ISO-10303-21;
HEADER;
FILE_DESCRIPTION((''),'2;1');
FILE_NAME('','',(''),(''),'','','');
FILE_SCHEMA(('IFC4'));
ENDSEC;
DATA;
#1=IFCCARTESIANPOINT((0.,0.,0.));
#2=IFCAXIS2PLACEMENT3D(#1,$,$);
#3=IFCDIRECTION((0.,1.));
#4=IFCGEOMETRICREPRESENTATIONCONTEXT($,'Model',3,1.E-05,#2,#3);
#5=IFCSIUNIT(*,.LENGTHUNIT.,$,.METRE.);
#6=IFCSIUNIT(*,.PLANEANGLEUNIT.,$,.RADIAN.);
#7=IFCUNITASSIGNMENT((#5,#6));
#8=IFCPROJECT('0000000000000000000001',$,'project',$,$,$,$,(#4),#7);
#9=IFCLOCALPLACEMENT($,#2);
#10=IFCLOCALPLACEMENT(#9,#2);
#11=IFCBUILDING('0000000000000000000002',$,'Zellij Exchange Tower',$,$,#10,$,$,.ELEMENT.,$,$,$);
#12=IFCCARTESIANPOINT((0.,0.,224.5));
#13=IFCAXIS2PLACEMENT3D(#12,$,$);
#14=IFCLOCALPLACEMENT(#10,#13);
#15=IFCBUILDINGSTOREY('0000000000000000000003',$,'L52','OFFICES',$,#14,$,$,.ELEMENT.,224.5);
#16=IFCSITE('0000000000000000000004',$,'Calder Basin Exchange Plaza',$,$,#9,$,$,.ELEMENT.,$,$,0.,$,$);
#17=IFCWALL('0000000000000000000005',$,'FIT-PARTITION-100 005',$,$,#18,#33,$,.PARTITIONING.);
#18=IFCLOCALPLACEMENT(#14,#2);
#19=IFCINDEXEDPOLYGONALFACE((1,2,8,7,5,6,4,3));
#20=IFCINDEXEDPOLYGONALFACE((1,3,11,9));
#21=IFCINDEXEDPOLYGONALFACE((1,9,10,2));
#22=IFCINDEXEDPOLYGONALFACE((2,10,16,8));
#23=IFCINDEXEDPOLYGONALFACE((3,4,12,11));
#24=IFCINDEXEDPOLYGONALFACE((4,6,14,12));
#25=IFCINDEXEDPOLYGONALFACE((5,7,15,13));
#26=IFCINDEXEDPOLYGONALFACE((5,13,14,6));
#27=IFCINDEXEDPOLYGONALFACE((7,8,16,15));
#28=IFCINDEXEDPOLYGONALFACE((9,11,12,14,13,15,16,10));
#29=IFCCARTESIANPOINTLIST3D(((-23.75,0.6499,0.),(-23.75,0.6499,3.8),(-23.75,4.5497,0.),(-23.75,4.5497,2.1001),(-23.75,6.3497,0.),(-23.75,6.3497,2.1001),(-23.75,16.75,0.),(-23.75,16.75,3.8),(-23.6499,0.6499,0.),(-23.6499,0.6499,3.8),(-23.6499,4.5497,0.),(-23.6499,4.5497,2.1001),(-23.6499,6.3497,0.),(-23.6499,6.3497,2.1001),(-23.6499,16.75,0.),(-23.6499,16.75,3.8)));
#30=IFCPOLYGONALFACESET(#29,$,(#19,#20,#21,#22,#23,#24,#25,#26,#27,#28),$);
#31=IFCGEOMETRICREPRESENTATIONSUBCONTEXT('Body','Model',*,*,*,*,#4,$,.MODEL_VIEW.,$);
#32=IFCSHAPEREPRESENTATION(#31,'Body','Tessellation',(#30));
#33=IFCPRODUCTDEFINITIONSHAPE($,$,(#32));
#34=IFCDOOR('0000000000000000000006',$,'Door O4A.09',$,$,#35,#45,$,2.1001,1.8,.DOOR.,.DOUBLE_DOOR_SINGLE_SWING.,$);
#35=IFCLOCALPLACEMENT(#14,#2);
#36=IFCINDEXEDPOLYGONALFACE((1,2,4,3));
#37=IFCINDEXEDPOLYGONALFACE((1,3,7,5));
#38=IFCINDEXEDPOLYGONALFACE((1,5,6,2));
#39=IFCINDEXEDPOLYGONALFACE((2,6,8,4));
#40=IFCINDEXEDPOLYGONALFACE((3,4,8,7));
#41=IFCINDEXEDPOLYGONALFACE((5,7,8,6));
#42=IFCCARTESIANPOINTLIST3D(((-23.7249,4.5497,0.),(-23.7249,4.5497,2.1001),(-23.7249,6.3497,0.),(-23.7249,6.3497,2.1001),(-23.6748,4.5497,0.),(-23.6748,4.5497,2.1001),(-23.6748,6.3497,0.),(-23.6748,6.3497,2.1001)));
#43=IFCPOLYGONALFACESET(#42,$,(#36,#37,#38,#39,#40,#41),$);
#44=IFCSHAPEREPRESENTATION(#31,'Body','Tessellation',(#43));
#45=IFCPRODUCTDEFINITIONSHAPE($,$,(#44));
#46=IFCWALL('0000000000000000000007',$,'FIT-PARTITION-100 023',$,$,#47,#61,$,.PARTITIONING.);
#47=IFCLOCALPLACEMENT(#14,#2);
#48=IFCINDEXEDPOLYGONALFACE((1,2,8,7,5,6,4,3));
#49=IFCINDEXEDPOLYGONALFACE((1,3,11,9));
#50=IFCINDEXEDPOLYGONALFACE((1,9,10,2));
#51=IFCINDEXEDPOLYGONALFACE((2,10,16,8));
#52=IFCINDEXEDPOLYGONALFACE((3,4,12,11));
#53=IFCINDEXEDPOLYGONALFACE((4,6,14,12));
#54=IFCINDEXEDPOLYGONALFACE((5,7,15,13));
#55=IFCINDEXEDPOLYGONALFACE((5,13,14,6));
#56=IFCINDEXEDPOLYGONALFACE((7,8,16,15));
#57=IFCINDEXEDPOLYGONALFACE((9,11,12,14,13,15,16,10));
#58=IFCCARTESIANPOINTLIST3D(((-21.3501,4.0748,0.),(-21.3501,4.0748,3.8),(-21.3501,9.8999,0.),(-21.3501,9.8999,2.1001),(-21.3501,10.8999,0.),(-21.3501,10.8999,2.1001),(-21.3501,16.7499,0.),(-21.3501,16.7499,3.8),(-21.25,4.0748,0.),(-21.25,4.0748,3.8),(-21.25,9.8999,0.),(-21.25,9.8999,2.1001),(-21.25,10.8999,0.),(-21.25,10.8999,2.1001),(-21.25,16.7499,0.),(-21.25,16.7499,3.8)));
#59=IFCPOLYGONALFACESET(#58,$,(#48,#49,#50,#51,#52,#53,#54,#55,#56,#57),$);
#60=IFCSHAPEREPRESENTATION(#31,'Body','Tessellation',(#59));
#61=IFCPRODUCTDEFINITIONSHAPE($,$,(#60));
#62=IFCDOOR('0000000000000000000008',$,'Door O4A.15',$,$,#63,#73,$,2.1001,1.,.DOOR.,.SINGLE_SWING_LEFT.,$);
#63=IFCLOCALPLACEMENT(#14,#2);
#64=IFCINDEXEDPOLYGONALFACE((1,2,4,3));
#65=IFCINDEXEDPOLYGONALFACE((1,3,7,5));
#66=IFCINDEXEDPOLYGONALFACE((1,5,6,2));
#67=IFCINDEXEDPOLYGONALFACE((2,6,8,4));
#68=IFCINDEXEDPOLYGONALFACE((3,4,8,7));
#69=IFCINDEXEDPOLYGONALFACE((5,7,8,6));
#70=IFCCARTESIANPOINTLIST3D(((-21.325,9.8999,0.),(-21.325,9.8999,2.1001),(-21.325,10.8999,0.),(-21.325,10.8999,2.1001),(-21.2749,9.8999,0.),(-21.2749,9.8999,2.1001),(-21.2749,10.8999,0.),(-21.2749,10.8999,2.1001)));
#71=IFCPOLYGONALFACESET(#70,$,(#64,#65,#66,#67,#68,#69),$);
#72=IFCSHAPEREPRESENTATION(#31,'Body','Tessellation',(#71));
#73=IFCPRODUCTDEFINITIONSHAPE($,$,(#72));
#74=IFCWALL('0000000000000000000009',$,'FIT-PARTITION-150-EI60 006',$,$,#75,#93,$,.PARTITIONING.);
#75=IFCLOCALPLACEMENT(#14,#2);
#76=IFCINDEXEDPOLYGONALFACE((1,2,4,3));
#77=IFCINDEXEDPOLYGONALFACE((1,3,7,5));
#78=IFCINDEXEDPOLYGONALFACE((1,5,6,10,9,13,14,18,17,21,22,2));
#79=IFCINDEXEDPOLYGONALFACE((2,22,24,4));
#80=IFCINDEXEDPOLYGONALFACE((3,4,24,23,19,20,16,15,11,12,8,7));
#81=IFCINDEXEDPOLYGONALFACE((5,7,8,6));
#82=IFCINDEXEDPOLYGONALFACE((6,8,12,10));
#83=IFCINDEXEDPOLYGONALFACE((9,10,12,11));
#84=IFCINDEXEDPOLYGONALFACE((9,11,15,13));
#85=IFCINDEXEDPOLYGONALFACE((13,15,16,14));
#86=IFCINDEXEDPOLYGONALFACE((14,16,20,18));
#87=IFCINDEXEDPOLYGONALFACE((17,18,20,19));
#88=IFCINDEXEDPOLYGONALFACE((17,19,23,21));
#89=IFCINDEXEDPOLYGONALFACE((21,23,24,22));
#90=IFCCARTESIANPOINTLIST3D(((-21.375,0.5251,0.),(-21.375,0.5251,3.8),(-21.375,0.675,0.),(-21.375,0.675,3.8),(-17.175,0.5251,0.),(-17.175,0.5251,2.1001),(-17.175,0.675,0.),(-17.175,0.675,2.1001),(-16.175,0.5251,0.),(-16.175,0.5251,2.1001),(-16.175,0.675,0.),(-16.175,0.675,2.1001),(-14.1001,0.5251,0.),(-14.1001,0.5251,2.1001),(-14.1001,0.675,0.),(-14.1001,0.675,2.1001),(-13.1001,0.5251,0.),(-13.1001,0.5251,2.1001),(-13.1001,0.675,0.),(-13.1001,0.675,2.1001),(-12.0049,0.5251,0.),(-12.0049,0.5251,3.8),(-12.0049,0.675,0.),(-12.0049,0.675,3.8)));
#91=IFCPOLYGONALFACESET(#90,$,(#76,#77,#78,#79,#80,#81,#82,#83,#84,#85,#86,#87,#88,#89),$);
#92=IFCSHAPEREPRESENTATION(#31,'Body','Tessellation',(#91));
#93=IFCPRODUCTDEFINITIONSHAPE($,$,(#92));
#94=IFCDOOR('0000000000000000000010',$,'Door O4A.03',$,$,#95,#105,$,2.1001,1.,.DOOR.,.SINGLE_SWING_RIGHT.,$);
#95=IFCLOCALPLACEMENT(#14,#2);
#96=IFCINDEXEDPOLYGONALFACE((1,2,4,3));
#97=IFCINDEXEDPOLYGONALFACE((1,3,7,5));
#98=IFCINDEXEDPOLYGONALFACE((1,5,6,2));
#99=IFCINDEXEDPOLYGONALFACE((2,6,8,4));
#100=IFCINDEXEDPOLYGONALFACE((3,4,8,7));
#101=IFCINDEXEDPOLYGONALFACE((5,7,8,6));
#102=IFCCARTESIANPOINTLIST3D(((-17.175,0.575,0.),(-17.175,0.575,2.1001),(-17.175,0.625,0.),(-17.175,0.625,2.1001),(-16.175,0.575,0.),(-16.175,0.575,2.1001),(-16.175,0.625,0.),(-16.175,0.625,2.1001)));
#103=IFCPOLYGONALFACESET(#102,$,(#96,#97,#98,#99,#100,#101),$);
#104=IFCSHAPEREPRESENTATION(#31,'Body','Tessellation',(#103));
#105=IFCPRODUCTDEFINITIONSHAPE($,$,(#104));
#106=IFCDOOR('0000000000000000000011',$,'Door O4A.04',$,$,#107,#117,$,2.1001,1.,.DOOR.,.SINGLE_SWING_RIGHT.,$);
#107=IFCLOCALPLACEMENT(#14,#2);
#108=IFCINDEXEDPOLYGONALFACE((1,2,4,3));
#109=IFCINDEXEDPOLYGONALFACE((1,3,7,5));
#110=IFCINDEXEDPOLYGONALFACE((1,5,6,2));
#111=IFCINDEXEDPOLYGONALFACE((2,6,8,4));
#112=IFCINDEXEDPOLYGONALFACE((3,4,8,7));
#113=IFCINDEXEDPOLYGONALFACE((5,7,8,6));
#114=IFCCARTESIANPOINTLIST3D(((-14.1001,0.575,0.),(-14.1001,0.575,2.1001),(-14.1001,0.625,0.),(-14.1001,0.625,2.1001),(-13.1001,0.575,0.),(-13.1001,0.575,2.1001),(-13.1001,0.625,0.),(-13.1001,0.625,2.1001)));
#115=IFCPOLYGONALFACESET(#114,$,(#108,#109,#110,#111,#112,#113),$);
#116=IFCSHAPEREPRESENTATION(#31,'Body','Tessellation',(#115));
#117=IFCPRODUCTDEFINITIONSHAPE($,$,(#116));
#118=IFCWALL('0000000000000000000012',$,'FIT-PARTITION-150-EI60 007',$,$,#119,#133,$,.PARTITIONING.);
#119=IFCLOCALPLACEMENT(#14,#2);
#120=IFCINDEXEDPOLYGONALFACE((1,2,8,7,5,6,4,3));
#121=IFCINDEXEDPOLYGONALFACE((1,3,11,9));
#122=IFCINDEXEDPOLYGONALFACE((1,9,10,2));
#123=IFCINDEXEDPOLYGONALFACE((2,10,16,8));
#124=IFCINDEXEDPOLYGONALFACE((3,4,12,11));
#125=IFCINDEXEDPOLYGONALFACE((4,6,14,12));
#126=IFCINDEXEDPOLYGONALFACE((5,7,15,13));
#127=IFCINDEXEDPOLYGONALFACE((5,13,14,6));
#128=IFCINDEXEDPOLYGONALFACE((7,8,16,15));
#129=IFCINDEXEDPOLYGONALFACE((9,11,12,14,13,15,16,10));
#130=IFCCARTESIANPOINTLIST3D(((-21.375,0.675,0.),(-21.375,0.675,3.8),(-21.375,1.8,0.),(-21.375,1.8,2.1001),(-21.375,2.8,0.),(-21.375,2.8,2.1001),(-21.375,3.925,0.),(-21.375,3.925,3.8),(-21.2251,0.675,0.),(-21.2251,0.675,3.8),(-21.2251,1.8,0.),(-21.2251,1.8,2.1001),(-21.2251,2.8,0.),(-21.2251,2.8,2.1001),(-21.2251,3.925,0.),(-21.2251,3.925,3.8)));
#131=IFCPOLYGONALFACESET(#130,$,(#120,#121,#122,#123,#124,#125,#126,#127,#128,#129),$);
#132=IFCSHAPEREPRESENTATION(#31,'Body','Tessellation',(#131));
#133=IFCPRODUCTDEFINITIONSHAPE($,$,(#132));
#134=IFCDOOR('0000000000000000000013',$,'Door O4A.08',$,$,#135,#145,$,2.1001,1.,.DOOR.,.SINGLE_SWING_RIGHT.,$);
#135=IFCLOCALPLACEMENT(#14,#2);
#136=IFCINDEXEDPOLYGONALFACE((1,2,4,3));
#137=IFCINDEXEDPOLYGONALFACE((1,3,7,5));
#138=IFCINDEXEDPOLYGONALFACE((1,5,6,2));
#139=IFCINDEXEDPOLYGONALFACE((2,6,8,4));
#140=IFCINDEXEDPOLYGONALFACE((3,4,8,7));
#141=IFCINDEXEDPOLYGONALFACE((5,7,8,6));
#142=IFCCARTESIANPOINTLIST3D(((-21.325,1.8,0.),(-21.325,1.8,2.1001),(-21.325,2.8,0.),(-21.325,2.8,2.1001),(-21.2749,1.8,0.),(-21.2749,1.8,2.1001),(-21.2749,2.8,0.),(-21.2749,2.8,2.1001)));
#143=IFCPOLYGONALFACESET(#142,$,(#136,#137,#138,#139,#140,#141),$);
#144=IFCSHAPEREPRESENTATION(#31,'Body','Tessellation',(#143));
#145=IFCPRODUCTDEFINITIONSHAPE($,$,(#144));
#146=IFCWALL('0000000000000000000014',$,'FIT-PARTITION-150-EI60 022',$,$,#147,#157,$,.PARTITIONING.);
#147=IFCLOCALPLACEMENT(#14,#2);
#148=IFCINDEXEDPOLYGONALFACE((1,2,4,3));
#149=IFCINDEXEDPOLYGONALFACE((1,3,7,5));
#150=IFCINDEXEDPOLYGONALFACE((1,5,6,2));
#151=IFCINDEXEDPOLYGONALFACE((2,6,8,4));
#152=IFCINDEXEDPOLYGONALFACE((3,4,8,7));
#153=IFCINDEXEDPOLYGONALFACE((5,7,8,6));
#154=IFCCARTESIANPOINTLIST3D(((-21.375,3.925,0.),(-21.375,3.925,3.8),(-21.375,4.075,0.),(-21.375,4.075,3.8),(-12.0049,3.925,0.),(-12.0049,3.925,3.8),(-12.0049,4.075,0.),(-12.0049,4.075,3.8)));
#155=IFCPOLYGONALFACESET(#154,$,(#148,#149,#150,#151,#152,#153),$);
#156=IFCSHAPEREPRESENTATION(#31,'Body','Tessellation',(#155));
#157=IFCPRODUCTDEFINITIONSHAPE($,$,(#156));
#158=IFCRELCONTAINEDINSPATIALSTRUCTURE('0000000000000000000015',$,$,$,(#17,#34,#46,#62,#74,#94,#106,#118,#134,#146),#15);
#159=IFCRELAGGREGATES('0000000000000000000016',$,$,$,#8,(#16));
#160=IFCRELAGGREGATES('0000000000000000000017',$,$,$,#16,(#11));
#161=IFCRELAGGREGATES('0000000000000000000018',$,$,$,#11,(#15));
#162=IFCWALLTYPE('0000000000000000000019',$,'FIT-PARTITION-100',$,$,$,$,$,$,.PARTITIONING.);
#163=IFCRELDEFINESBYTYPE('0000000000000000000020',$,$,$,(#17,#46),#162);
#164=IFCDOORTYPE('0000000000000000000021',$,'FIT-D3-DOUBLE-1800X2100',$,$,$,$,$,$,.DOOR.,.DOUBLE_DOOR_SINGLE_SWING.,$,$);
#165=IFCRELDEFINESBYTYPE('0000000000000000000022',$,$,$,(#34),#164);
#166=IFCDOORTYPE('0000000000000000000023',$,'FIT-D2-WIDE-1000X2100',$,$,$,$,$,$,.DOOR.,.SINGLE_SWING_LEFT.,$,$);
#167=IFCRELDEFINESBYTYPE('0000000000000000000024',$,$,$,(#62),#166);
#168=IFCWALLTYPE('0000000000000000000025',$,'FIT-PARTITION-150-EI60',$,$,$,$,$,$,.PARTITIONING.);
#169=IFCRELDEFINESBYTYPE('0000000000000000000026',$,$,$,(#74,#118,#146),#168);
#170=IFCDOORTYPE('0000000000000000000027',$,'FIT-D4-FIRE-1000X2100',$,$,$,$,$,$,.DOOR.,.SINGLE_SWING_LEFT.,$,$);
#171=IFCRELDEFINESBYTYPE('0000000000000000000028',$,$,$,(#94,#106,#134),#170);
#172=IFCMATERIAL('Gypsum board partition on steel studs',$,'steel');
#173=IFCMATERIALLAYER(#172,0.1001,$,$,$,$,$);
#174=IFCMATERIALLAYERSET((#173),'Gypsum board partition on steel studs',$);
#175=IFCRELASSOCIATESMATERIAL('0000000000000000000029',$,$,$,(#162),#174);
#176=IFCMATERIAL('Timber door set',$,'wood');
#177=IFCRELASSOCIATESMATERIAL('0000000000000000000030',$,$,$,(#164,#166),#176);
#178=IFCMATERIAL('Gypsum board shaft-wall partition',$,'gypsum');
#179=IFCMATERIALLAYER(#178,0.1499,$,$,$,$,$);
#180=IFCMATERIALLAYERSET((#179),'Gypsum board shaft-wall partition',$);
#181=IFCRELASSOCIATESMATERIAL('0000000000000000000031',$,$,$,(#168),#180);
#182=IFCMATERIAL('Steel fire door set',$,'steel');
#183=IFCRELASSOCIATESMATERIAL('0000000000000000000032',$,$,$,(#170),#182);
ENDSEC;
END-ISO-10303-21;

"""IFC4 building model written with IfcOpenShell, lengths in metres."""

from ifc_helpers import new_model, si_unit, direction, frame, frame_2d, origin, place, context, subcontext, project, spatial, rectangle, extrude, material, layer, layer_set, type_object, element, fill, save


model = new_model("IFC4")

# Units and contexts
model_context = context("Model", 3, precision=1e-05, world=origin(), true_north=direction((0.0, 1.0)))
body_context = subcontext(model_context, "Body", "Model", "MODEL_VIEW")
ifc_project = project(units=[si_unit("LENGTHUNIT", "METRE"), si_unit("PLANEANGLEUNIT", "RADIAN")], contexts=[model_context])

# Site, building, storey
site_placement = place(None, origin())
site = spatial("IfcSite", under=ifc_project, at=site_placement, Name="Calder Basin Exchange Plaza", CompositionType="ELEMENT", RefElevation=0.0)
building_placement = place(site_placement, origin())
building = spatial("IfcBuilding", under=site, at=building_placement, Name="Zellij Exchange Tower", CompositionType="ELEMENT")
storey_placement = place(building_placement, frame((0.0, 0.0, 224.5)))
storey = spatial("IfcBuildingStorey", under=building, at=storey_placement, Name="L52", Description="OFFICES", CompositionType="ELEMENT", Elevation=224.5)

# Shared definitions
ifc_material_1 = material(Name="Gypsum board partition on steel studs", Category="steel")
ifc_layer_1 = layer(ifc_material_1, 0.1001)
ifc_layer_set_1 = layer_set([ifc_layer_1], Name="Gypsum board partition on steel studs")
wall_type_1 = type_object("IfcWallType", Name="FIT-PARTITION-100", PredefinedType="PARTITIONING", material=ifc_layer_set_1)

# Walls, openings, doors
wall_1_placement = place(storey_placement, frame((-23.7, 0.6499, 0.0), z_axis=(0.0, 0.0, 1.0), x_axis=(0.0, 1.0, 0.0)))
wall_1 = element("IfcWall", 1, at=wall_1_placement, inside=storey, type_object=wall_type_1, Name="FIT-PARTITION-100 005", PredefinedType="PARTITIONING", context=body_context, shape_type="SweptSolid", body=[
    extrude(rectangle(XDim=16.1001, YDim=0.1001, at=frame_2d((8.05, 0.0))), origin(), (0.0, 0.0, 1.0), 3.8),
])
opening_1_placement = place(wall_1_placement, frame((3.8999, 0.0, 0.0)))
opening_1 = element("IfcOpeningElement", 2, at=opening_1_placement, cuts=wall_1, PredefinedType="OPENING", context=body_context, shape_type="SweptSolid", body=[
    extrude(rectangle(XDim=1.8, YDim=2.1001, at=frame_2d((0.8999, 1.05))), frame((0.0, 0.062, 0.0), z_axis=(0.0, -1.0, 0.0), x_axis=(1.0, 0.0, 0.0)), (0.0, 0.0, 1.0), 0.124),
])
ifc_material_2 = material(Name="Timber door set", Category="wood")
door_type_1 = type_object("IfcDoorType", Name="FIT-D3-DOUBLE-1800X2100", OperationType="DOUBLE_DOOR_SINGLE_SWING", PredefinedType="DOOR", material=ifc_material_2)
door_1_placement = place(opening_1_placement, origin())
door_1 = element("IfcDoor", 3, at=door_1_placement, inside=storey, type_object=door_type_1, Name="Door O4A.09", OperationType="DOUBLE_DOOR_SINGLE_SWING", OverallHeight=2.1001, OverallWidth=1.8, PredefinedType="DOOR", context=body_context, shape_type="SweptSolid", body=[
    extrude(rectangle(XDim=1.8, YDim=2.1001, at=frame_2d((0.8999, 1.05))), frame((0.0, 0.0249, 0.0), z_axis=(0.0, -1.0, 0.0), x_axis=(1.0, 0.0, 0.0)), (0.0, 0.0, 1.0), 0.05),
])
fill(opening_1, door_1)
wall_2_placement = place(storey_placement, frame((-21.3, 4.075, 0.0), z_axis=(0.0, 0.0, 1.0), x_axis=(0.0, 1.0, 0.0)))
wall_2 = element("IfcWall", 4, at=wall_2_placement, inside=storey, type_object=wall_type_1, Name="FIT-PARTITION-100 023", PredefinedType="PARTITIONING", context=body_context, shape_type="SweptSolid", body=[
    extrude(rectangle(XDim=12.675, YDim=0.1001, at=frame_2d((6.3374, 0.0))), origin(), (0.0, 0.0, 1.0), 3.8),
])
opening_2_placement = place(wall_2_placement, frame((5.825, 0.0, 0.0)))
opening_2 = element("IfcOpeningElement", 5, at=opening_2_placement, cuts=wall_2, PredefinedType="OPENING", context=body_context, shape_type="SweptSolid", body=[
    extrude(rectangle(XDim=1.0, YDim=2.1001, at=frame_2d((0.5, 1.05))), frame((0.0, 0.062, 0.0), z_axis=(0.0, -1.0, 0.0), x_axis=(1.0, 0.0, 0.0)), (0.0, 0.0, 1.0), 0.124),
])
door_type_2 = type_object("IfcDoorType", Name="FIT-D2-WIDE-1000X2100", OperationType="SINGLE_SWING_LEFT", PredefinedType="DOOR", material=ifc_material_2)
door_2_placement = place(opening_2_placement, origin())
door_2 = element("IfcDoor", 6, at=door_2_placement, inside=storey, type_object=door_type_2, Name="Door O4A.15", OperationType="SINGLE_SWING_LEFT", OverallHeight=2.1001, OverallWidth=1.0, PredefinedType="DOOR", context=body_context, shape_type="SweptSolid", body=[
    extrude(rectangle(XDim=1.0, YDim=2.1001, at=frame_2d((0.5, 1.05))), frame((0.0, 0.0249, 0.0), z_axis=(0.0, -1.0, 0.0), x_axis=(1.0, 0.0, 0.0)), (0.0, 0.0, 1.0), 0.05),
])
fill(opening_2, door_2)

# Wall, openings, doors
ifc_material_3 = material(Name="Gypsum board shaft-wall partition", Category="gypsum")
ifc_layer_2 = layer(ifc_material_3, 0.1499)
ifc_layer_set_2 = layer_set([ifc_layer_2], Name="Gypsum board shaft-wall partition")
wall_type_2 = type_object("IfcWallType", Name="FIT-PARTITION-150-EI60", PredefinedType="PARTITIONING", material=ifc_layer_set_2)
wall_3_placement = place(storey_placement, frame((-21.375, 0.6001, 0.0), z_axis=(0.0, 0.0, 1.0), x_axis=(1.0, 0.0, 0.0)))
wall_3 = element("IfcWall", 7, at=wall_3_placement, inside=storey, type_object=wall_type_2, Name="FIT-PARTITION-150-EI60 006", PredefinedType="PARTITIONING", context=body_context, shape_type="SweptSolid", body=[
    extrude(rectangle(XDim=9.3701, YDim=0.1499, at=frame_2d((4.6851, 0.0))), origin(), (0.0, 0.0, 1.0), 3.8),
])
opening_3_placement = place(wall_3_placement, frame((4.2, 0.0, 0.0)))
opening_3 = element("IfcOpeningElement", 8, at=opening_3_placement, cuts=wall_3, PredefinedType="OPENING", context=body_context, shape_type="SweptSolid", body=[
    extrude(rectangle(XDim=1.0, YDim=2.1001, at=frame_2d((0.5, 1.05))), frame((0.0, 0.0869, 0.0), z_axis=(0.0, -1.0, 0.0), x_axis=(1.0, 0.0, 0.0)), (0.0, 0.0, 1.0), 0.1738),
])
opening_4_placement = place(wall_3_placement, frame((7.2749, 0.0, 0.0)))
opening_4 = element("IfcOpeningElement", 9, at=opening_4_placement, cuts=wall_3, PredefinedType="OPENING", context=body_context, shape_type="SweptSolid", body=[
    extrude(rectangle(XDim=1.0, YDim=2.1001, at=frame_2d((0.5, 1.05))), frame((0.0, 0.0869, 0.0), z_axis=(0.0, -1.0, 0.0), x_axis=(1.0, 0.0, 0.0)), (0.0, 0.0, 1.0), 0.1738),
])
ifc_material_4 = material(Name="Steel fire door set", Category="steel")
door_type_3 = type_object("IfcDoorType", Name="FIT-D4-FIRE-1000X2100", OperationType="SINGLE_SWING_LEFT", PredefinedType="DOOR", material=ifc_material_4)
door_3_placement = place(opening_3_placement, origin())
door_3 = element("IfcDoor", 10, at=door_3_placement, inside=storey, type_object=door_type_3, Name="Door O4A.03", OperationType="SINGLE_SWING_RIGHT", OverallHeight=2.1001, OverallWidth=1.0, PredefinedType="DOOR", context=body_context, shape_type="SweptSolid", body=[
    extrude(rectangle(XDim=1.0, YDim=2.1001, at=frame_2d((0.5, 1.05))), frame((0.0, 0.0249, 0.0), z_axis=(0.0, -1.0, 0.0), x_axis=(1.0, 0.0, 0.0)), (0.0, 0.0, 1.0), 0.05),
])
fill(opening_3, door_3)
door_4_placement = place(opening_4_placement, origin())
door_4 = element("IfcDoor", 11, at=door_4_placement, inside=storey, type_object=door_type_3, Name="Door O4A.04", OperationType="SINGLE_SWING_RIGHT", OverallHeight=2.1001, OverallWidth=1.0, PredefinedType="DOOR", context=body_context, shape_type="SweptSolid", body=[
    extrude(rectangle(XDim=1.0, YDim=2.1001, at=frame_2d((0.5, 1.05))), frame((0.0, 0.0249, 0.0), z_axis=(0.0, -1.0, 0.0), x_axis=(1.0, 0.0, 0.0)), (0.0, 0.0, 1.0), 0.05),
])
fill(opening_4, door_4)

# Wall, opening, door
wall_4_placement = place(storey_placement, frame((-21.3, 0.675, 0.0), z_axis=(0.0, 0.0, 1.0), x_axis=(0.0, 1.0, 0.0)))
wall_4 = element("IfcWall", 12, at=wall_4_placement, inside=storey, type_object=wall_type_2, Name="FIT-PARTITION-150-EI60 007", PredefinedType="PARTITIONING", context=body_context, shape_type="SweptSolid", body=[
    extrude(rectangle(XDim=3.25, YDim=0.1499, at=frame_2d((1.625, 0.0))), origin(), (0.0, 0.0, 1.0), 3.8),
])
opening_5_placement = place(wall_4_placement, frame((1.125, 0.0, 0.0)))
opening_5 = element("IfcOpeningElement", 13, at=opening_5_placement, cuts=wall_4, PredefinedType="OPENING", context=body_context, shape_type="SweptSolid", body=[
    extrude(rectangle(XDim=1.0, YDim=2.1001, at=frame_2d((0.5, 1.05))), frame((0.0, 0.0869, 0.0), z_axis=(0.0, -1.0, 0.0), x_axis=(1.0, 0.0, 0.0)), (0.0, 0.0, 1.0), 0.1738),
])
door_5_placement = place(opening_5_placement, origin())
door_5 = element("IfcDoor", 14, at=door_5_placement, inside=storey, type_object=door_type_3, Name="Door O4A.08", OperationType="SINGLE_SWING_RIGHT", OverallHeight=2.1001, OverallWidth=1.0, PredefinedType="DOOR", context=body_context, shape_type="SweptSolid", body=[
    extrude(rectangle(XDim=1.0, YDim=2.1001, at=frame_2d((0.5, 1.05))), frame((0.0, 0.0249, 0.0), z_axis=(0.0, -1.0, 0.0), x_axis=(1.0, 0.0, 0.0)), (0.0, 0.0, 1.0), 0.05),
])
fill(opening_5, door_5)

# Wall
wall_5_placement = place(storey_placement, frame((-21.375, 4.0, 0.0), z_axis=(0.0, 0.0, 1.0), x_axis=(1.0, 0.0, 0.0)))
element("IfcWall", 15, at=wall_5_placement, inside=storey, type_object=wall_type_2, Name="FIT-PARTITION-150-EI60 022", PredefinedType="PARTITIONING", context=body_context, shape_type="SweptSolid", body=[
    extrude(rectangle(XDim=9.3701, YDim=0.1499, at=frame_2d((4.6851, 0.0))), origin(), (0.0, 0.0, 1.0), 3.8),
])

save(model, "model.ifc")
